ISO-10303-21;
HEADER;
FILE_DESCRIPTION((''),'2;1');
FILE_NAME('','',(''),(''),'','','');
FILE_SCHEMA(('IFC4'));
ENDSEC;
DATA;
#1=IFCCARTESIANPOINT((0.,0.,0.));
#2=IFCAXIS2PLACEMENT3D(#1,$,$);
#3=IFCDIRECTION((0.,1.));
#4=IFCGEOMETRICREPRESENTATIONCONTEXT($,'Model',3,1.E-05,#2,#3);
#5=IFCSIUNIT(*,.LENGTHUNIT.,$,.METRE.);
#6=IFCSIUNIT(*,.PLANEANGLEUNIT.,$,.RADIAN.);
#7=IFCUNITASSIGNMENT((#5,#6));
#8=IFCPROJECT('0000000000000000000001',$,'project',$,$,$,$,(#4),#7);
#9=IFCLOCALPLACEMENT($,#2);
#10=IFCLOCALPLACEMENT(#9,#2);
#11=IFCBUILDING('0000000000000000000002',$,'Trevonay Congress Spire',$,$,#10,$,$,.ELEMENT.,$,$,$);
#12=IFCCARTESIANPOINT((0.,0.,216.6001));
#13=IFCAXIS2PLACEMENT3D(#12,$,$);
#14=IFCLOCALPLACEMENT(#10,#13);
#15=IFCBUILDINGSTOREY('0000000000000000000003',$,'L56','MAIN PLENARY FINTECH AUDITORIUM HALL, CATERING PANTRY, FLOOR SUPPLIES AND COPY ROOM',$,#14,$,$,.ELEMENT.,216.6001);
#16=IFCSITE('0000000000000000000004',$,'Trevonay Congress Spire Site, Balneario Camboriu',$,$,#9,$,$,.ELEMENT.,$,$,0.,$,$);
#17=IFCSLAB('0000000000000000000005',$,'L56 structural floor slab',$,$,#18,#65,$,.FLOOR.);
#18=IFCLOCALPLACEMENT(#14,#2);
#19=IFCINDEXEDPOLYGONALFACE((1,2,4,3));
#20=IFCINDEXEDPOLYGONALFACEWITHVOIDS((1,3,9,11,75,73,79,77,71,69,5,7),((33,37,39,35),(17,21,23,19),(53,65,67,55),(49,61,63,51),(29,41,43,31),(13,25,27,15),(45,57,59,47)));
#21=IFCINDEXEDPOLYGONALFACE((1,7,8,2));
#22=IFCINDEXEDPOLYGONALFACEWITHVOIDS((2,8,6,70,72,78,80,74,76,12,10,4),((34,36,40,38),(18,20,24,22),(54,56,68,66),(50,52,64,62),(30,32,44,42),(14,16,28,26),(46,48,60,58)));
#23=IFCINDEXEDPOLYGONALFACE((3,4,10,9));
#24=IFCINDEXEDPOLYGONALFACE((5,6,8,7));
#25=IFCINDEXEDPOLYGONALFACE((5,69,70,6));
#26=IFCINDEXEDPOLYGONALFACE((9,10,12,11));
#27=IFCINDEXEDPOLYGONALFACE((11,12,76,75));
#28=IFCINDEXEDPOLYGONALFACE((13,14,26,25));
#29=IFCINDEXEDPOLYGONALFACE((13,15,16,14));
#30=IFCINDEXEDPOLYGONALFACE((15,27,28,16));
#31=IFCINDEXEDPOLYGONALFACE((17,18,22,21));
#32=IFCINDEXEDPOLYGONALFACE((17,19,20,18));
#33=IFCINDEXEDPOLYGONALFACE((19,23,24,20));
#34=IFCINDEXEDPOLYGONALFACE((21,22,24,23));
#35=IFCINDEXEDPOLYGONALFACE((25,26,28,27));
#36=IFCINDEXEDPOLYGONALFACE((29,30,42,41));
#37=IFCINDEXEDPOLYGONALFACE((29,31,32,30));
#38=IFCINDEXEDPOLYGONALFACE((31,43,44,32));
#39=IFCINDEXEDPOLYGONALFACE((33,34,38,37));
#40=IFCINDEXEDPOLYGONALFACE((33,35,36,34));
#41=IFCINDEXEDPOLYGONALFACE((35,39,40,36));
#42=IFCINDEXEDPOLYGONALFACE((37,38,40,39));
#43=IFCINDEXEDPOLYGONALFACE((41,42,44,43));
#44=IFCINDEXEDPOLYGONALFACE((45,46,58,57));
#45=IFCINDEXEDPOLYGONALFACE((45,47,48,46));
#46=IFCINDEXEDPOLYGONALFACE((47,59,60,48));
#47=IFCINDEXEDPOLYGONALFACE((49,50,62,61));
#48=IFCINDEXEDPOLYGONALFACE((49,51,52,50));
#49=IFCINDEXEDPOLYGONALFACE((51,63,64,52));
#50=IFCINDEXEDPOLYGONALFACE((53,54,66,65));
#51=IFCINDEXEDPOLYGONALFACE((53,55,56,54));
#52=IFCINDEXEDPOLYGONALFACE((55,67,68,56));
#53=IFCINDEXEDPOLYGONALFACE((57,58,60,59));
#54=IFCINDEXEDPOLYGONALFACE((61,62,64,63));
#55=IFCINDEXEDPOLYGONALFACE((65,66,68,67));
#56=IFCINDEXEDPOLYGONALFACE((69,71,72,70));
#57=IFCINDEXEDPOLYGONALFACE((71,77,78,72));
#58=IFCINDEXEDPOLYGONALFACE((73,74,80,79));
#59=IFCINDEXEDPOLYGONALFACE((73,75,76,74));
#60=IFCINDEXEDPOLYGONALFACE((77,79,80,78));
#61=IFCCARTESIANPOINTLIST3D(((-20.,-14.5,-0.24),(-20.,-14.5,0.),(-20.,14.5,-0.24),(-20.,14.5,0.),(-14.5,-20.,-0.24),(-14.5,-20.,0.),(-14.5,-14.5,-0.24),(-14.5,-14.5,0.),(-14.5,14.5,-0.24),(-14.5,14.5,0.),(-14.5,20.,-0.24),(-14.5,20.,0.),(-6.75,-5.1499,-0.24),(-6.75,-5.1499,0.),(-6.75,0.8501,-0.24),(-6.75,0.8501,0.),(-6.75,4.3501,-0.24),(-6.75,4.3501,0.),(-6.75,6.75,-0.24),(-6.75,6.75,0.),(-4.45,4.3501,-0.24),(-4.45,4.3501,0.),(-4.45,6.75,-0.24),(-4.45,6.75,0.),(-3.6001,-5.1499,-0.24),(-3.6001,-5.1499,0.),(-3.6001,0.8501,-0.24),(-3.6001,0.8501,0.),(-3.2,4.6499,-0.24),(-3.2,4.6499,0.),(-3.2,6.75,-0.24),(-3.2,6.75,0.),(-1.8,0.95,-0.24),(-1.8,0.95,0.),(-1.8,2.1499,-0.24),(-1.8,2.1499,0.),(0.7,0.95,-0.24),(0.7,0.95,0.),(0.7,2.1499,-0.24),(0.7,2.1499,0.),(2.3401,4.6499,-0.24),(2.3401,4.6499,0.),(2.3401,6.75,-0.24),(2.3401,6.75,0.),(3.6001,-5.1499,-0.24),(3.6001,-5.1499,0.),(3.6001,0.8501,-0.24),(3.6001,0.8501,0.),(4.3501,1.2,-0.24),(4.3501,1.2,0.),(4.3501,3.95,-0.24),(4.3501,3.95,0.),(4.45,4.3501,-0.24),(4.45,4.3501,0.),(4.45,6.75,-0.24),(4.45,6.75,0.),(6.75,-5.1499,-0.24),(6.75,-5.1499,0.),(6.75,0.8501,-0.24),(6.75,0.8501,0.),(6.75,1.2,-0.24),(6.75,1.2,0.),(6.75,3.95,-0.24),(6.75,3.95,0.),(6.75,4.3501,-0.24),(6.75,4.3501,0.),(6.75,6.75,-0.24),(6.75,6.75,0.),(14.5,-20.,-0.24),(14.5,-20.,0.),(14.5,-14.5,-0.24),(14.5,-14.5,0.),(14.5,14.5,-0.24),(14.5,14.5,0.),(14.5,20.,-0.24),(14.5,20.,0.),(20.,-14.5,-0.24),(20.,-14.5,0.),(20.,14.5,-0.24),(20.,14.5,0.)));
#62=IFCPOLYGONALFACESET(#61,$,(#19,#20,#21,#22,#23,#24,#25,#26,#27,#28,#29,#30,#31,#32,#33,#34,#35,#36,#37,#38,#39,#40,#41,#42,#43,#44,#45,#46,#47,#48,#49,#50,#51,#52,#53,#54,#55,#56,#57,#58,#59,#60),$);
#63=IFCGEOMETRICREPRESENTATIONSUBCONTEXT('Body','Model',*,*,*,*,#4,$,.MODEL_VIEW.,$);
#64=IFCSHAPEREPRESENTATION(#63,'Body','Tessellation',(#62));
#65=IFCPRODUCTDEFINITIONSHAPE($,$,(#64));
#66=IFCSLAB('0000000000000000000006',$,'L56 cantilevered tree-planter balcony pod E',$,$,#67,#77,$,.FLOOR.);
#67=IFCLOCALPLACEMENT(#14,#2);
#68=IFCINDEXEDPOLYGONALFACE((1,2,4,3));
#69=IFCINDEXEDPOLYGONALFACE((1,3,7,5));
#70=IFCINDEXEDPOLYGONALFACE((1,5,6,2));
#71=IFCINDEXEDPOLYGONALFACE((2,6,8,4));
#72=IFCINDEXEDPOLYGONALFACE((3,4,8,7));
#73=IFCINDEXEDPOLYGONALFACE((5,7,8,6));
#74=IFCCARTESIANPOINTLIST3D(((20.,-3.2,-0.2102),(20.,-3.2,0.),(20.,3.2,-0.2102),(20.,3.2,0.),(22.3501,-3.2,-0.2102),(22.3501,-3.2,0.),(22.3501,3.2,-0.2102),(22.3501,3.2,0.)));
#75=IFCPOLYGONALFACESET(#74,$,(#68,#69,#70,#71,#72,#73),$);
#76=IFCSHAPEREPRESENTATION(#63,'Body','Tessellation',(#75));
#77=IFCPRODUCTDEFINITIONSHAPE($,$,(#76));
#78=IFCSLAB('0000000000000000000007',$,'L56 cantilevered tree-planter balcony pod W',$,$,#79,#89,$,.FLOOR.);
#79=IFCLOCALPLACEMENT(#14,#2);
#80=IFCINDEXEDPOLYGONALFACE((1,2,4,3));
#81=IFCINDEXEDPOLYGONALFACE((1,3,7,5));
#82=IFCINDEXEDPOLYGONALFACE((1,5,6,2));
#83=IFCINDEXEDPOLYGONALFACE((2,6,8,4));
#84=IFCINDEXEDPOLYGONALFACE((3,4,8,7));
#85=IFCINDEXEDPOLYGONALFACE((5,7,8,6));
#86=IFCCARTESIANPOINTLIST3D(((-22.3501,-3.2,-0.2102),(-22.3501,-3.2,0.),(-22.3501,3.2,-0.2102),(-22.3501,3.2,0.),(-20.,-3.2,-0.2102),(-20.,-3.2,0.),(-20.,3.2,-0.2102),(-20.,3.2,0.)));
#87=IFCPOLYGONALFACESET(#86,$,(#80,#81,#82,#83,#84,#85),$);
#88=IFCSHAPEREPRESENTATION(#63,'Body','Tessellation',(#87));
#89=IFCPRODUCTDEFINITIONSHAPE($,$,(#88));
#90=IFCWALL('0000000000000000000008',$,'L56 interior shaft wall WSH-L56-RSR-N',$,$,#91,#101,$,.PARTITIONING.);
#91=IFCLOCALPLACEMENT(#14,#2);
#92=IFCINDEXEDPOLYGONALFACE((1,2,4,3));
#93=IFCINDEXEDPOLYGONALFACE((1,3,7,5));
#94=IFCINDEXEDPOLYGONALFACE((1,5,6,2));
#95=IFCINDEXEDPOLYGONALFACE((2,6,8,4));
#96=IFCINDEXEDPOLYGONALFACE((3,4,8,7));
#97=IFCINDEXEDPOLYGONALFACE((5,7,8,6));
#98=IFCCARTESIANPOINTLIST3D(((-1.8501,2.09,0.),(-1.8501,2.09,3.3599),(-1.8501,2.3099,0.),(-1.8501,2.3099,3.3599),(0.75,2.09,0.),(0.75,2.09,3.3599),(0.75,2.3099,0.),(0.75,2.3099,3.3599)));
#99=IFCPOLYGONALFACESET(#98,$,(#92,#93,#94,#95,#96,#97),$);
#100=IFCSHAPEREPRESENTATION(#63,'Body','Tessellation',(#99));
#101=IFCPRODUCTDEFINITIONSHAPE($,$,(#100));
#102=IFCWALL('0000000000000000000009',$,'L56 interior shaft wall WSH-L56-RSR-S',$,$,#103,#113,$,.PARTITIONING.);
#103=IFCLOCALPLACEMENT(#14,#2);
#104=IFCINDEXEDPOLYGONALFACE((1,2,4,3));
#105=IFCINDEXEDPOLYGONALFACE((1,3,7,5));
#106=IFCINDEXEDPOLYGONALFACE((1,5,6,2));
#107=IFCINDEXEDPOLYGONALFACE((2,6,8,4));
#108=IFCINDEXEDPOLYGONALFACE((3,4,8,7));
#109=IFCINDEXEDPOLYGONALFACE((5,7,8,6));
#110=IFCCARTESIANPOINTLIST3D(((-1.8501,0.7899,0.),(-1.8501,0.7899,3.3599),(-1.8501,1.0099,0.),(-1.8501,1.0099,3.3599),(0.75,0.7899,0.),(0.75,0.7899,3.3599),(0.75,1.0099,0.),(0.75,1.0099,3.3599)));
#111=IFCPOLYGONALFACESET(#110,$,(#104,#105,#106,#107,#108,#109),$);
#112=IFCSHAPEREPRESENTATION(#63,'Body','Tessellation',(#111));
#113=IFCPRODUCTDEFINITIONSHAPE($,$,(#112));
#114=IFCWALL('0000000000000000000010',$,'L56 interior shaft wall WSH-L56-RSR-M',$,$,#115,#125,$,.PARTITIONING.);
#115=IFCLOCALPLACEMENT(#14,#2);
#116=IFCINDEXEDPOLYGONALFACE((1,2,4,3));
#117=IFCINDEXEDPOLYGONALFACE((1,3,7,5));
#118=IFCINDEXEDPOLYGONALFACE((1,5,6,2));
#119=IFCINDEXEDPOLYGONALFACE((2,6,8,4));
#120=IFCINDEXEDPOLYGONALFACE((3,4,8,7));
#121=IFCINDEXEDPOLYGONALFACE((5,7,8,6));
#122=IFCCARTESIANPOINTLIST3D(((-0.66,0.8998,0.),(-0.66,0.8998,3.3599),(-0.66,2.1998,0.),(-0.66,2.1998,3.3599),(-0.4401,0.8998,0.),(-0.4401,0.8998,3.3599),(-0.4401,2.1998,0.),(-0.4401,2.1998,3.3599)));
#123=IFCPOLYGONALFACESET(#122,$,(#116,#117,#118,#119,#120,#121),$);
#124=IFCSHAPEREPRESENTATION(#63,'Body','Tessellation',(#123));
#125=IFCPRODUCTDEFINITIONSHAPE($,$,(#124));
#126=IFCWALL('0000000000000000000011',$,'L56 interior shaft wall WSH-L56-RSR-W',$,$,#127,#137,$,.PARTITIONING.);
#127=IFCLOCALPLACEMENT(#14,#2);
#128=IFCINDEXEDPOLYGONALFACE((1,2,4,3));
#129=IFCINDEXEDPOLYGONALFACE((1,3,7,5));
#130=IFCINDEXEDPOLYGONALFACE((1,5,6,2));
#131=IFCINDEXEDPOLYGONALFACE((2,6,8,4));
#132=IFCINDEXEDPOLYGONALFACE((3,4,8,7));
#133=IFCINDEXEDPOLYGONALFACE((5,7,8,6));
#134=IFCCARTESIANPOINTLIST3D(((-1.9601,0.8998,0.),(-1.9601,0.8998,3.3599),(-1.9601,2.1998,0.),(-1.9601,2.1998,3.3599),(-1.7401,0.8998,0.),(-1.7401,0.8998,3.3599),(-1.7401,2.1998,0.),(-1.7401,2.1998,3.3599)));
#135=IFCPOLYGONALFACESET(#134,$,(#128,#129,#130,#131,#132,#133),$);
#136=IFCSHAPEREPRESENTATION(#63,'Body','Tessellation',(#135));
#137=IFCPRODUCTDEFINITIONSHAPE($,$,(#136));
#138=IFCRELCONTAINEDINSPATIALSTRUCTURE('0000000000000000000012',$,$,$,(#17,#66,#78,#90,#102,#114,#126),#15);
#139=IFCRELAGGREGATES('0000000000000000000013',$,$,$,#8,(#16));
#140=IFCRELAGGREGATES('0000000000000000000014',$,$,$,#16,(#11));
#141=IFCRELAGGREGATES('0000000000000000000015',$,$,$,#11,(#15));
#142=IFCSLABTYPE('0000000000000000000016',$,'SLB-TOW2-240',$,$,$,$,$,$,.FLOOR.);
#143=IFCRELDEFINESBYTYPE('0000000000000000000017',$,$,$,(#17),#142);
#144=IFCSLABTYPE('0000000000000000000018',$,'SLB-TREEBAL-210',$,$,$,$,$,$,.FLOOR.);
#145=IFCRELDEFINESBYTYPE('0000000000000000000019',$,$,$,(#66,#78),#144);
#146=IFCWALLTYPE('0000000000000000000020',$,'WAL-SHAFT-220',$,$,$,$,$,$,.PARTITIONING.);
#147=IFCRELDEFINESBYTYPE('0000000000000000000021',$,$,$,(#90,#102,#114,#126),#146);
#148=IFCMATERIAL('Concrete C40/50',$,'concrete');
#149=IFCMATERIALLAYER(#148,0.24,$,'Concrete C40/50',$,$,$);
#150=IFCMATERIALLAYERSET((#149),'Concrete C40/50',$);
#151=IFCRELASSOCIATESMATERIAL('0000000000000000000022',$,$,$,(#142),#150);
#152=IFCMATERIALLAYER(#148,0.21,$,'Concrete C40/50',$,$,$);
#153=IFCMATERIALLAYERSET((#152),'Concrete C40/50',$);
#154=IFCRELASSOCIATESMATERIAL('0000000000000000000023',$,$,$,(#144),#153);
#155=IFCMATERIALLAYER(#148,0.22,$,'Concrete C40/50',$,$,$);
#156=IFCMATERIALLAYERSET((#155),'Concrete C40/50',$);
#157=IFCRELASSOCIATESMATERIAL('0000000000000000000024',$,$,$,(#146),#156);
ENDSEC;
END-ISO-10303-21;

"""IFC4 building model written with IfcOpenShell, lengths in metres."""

from ifc_helpers import new_model, si_unit, direction, frame, frame_2d, origin, place, context, subcontext, project, spatial, polyline, rectangle, outline, extrude, material, layer, layer_set, type_object, element, save


model = new_model("IFC4")

# Units and contexts
model_context = context("Model", 3, precision=1e-05, world=origin(), true_north=direction((0.0, 1.0)))
body_context = subcontext(model_context, "Body", "Model", "MODEL_VIEW")
ifc_project = project(units=[si_unit("LENGTHUNIT", "METRE"), si_unit("PLANEANGLEUNIT", "RADIAN")], contexts=[model_context])

# Site, building, storey
site_placement = place(None, origin())
site = spatial("IfcSite", under=ifc_project, at=site_placement, Name="Trevonay Congress Spire Site, Balneario Camboriu", CompositionType="ELEMENT", RefElevation=0.0)
building_placement = place(site_placement, origin())
building = spatial("IfcBuilding", under=site, at=building_placement, Name="Trevonay Congress Spire", CompositionType="ELEMENT")
storey_placement = place(building_placement, frame((0.0, 0.0, 216.6001)))
storey = spatial("IfcBuildingStorey", under=building, at=storey_placement, Name="L56", Description="MAIN PLENARY FINTECH AUDITORIUM HALL, CATERING PANTRY, FLOOR SUPPLIES AND COPY ROOM", CompositionType="ELEMENT", Elevation=216.6001)

# Slabs
ifc_material_1 = material(Name="Concrete C40/50", Category="concrete")
ifc_layer_1 = layer(ifc_material_1, 0.24, Name="Concrete C40/50")
ifc_layer_set_1 = layer_set([ifc_layer_1], Name="Concrete C40/50")
slab_type_1 = type_object("IfcSlabType", Name="SLB-TOW2-240", PredefinedType="FLOOR", material=ifc_layer_set_1)
slab_1_placement = place(storey_placement, frame((0.0, 0.0, -0.24)))
element("IfcSlab", 1, at=slab_1_placement, inside=storey, type_object=slab_type_1, Name="L56 structural floor slab", PredefinedType="FLOOR", context=body_context, shape_type="SweptSolid", body=[
    extrude(outline(polyline([(-14.5, -20.0), (14.5, -20.0), (14.5, -14.5), (20.0, -14.5), (20.0, 14.5), (14.5, 14.5), (14.5, 20.0), (-14.5, 20.0), (-14.5, 14.5), (-20.0, 14.5), (-20.0, -14.5), (-14.5, -14.5), (-14.5, -20.0)]), holes=[polyline([(-3.6001, -5.1499), (-3.6001, 0.8501), (-6.75, 0.8501), (-6.75, -5.1499), (-3.6001, -5.1499)]), polyline([(6.75, -5.1499), (6.75, 0.8501), (3.6001, 0.8501), (3.6001, -5.1499), (6.75, -5.1499)]), polyline([(-3.2, 4.6499), (2.3401, 4.6499), (2.3401, 6.75), (-3.2, 6.75), (-3.2, 4.6499)]), polyline([(-6.75, 4.3501), (-4.45, 4.3501), (-4.45, 6.75), (-6.75, 6.75), (-6.75, 4.3501)]), polyline([(4.45, 4.3501), (6.75, 4.3501), (6.75, 6.75), (4.45, 6.75), (4.45, 4.3501)]), polyline([(4.3501, 1.2), (6.75, 1.2), (6.75, 3.95), (4.3501, 3.95), (4.3501, 1.2)]), polyline([(-1.8, 0.95), (0.7, 0.95), (0.7, 2.1499), (-1.8, 2.1499), (-1.8, 0.95)])]), origin(), (0.0, 0.0, 1.0), 0.24),
])
ifc_layer_2 = layer(ifc_material_1, 0.21, Name="Concrete C40/50")
ifc_layer_set_2 = layer_set([ifc_layer_2], Name="Concrete C40/50")
slab_type_2 = type_object("IfcSlabType", Name="SLB-TREEBAL-210", PredefinedType="FLOOR", material=ifc_layer_set_2)
slab_2_placement = place(storey_placement, frame((0.0, 0.0, -0.2102)))
element("IfcSlab", 2, at=slab_2_placement, inside=storey, type_object=slab_type_2, Name="L56 cantilevered tree-planter balcony pod E", PredefinedType="FLOOR", context=body_context, shape_type="SweptSolid", body=[
    extrude(outline(polyline([(20.0, -3.2), (22.3501, -3.2), (22.3501, 3.2), (20.0, 3.2), (20.0, -3.2)])), origin(), (0.0, 0.0, 1.0), 0.2102),
])
slab_3_placement = place(storey_placement, frame((0.0, 0.0, -0.2102)))
element("IfcSlab", 3, at=slab_3_placement, inside=storey, type_object=slab_type_2, Name="L56 cantilevered tree-planter balcony pod W", PredefinedType="FLOOR", context=body_context, shape_type="SweptSolid", body=[
    extrude(outline(polyline([(-22.3501, -3.2), (-20.0, -3.2), (-20.0, 3.2), (-22.3501, 3.2), (-22.3501, -3.2)])), origin(), (0.0, 0.0, 1.0), 0.2102),
])

# Walls
ifc_layer_3 = layer(ifc_material_1, 0.22, Name="Concrete C40/50")
ifc_layer_set_3 = layer_set([ifc_layer_3], Name="Concrete C40/50")
wall_type_1 = type_object("IfcWallType", Name="WAL-SHAFT-220", PredefinedType="PARTITIONING", material=ifc_layer_set_3)
for number, where, z_axis, x_axis, name in (
    (4, (-1.8501, 2.2, 0.0), (0.0, 0.0, 1.0), (1.0, 0.0, 0.0), "L56 interior shaft wall WSH-L56-RSR-N"),
    (5, (-1.8501, 0.8999, 0.0), (0.0, 0.0, 1.0), (1.0, 0.0, 0.0), "L56 interior shaft wall WSH-L56-RSR-S"),
):
    element("IfcWall", number, at=place(storey_placement, frame(where, z_axis=z_axis, x_axis=x_axis)), inside=storey, type_object=wall_type_1, Name=name, PredefinedType="PARTITIONING", context=body_context, shape_type="SweptSolid", body=[
        extrude(rectangle(XDim=2.6001, YDim=0.22, at=frame_2d((1.3, 0.0))), origin(), (0.0, 0.0, 1.0), 3.3599),
    ])
for number, where, z_axis, x_axis, name in (
    (6, (-0.55, 0.8999, 0.0), (0.0, 0.0, 1.0), (0.0, 1.0, 0.0), "L56 interior shaft wall WSH-L56-RSR-M"),
    (7, (-1.8501, 0.8999, 0.0), (0.0, 0.0, 1.0), (0.0, 1.0, 0.0), "L56 interior shaft wall WSH-L56-RSR-W"),
):
    element("IfcWall", number, at=place(storey_placement, frame(where, z_axis=z_axis, x_axis=x_axis)), inside=storey, type_object=wall_type_1, Name=name, PredefinedType="PARTITIONING", context=body_context, shape_type="SweptSolid", body=[
        extrude(rectangle(XDim=1.3, YDim=0.22, at=frame_2d((0.6499, 0.0))), origin(), (0.0, 0.0, 1.0), 3.3599),
    ])

save(model, "model.ifc")
